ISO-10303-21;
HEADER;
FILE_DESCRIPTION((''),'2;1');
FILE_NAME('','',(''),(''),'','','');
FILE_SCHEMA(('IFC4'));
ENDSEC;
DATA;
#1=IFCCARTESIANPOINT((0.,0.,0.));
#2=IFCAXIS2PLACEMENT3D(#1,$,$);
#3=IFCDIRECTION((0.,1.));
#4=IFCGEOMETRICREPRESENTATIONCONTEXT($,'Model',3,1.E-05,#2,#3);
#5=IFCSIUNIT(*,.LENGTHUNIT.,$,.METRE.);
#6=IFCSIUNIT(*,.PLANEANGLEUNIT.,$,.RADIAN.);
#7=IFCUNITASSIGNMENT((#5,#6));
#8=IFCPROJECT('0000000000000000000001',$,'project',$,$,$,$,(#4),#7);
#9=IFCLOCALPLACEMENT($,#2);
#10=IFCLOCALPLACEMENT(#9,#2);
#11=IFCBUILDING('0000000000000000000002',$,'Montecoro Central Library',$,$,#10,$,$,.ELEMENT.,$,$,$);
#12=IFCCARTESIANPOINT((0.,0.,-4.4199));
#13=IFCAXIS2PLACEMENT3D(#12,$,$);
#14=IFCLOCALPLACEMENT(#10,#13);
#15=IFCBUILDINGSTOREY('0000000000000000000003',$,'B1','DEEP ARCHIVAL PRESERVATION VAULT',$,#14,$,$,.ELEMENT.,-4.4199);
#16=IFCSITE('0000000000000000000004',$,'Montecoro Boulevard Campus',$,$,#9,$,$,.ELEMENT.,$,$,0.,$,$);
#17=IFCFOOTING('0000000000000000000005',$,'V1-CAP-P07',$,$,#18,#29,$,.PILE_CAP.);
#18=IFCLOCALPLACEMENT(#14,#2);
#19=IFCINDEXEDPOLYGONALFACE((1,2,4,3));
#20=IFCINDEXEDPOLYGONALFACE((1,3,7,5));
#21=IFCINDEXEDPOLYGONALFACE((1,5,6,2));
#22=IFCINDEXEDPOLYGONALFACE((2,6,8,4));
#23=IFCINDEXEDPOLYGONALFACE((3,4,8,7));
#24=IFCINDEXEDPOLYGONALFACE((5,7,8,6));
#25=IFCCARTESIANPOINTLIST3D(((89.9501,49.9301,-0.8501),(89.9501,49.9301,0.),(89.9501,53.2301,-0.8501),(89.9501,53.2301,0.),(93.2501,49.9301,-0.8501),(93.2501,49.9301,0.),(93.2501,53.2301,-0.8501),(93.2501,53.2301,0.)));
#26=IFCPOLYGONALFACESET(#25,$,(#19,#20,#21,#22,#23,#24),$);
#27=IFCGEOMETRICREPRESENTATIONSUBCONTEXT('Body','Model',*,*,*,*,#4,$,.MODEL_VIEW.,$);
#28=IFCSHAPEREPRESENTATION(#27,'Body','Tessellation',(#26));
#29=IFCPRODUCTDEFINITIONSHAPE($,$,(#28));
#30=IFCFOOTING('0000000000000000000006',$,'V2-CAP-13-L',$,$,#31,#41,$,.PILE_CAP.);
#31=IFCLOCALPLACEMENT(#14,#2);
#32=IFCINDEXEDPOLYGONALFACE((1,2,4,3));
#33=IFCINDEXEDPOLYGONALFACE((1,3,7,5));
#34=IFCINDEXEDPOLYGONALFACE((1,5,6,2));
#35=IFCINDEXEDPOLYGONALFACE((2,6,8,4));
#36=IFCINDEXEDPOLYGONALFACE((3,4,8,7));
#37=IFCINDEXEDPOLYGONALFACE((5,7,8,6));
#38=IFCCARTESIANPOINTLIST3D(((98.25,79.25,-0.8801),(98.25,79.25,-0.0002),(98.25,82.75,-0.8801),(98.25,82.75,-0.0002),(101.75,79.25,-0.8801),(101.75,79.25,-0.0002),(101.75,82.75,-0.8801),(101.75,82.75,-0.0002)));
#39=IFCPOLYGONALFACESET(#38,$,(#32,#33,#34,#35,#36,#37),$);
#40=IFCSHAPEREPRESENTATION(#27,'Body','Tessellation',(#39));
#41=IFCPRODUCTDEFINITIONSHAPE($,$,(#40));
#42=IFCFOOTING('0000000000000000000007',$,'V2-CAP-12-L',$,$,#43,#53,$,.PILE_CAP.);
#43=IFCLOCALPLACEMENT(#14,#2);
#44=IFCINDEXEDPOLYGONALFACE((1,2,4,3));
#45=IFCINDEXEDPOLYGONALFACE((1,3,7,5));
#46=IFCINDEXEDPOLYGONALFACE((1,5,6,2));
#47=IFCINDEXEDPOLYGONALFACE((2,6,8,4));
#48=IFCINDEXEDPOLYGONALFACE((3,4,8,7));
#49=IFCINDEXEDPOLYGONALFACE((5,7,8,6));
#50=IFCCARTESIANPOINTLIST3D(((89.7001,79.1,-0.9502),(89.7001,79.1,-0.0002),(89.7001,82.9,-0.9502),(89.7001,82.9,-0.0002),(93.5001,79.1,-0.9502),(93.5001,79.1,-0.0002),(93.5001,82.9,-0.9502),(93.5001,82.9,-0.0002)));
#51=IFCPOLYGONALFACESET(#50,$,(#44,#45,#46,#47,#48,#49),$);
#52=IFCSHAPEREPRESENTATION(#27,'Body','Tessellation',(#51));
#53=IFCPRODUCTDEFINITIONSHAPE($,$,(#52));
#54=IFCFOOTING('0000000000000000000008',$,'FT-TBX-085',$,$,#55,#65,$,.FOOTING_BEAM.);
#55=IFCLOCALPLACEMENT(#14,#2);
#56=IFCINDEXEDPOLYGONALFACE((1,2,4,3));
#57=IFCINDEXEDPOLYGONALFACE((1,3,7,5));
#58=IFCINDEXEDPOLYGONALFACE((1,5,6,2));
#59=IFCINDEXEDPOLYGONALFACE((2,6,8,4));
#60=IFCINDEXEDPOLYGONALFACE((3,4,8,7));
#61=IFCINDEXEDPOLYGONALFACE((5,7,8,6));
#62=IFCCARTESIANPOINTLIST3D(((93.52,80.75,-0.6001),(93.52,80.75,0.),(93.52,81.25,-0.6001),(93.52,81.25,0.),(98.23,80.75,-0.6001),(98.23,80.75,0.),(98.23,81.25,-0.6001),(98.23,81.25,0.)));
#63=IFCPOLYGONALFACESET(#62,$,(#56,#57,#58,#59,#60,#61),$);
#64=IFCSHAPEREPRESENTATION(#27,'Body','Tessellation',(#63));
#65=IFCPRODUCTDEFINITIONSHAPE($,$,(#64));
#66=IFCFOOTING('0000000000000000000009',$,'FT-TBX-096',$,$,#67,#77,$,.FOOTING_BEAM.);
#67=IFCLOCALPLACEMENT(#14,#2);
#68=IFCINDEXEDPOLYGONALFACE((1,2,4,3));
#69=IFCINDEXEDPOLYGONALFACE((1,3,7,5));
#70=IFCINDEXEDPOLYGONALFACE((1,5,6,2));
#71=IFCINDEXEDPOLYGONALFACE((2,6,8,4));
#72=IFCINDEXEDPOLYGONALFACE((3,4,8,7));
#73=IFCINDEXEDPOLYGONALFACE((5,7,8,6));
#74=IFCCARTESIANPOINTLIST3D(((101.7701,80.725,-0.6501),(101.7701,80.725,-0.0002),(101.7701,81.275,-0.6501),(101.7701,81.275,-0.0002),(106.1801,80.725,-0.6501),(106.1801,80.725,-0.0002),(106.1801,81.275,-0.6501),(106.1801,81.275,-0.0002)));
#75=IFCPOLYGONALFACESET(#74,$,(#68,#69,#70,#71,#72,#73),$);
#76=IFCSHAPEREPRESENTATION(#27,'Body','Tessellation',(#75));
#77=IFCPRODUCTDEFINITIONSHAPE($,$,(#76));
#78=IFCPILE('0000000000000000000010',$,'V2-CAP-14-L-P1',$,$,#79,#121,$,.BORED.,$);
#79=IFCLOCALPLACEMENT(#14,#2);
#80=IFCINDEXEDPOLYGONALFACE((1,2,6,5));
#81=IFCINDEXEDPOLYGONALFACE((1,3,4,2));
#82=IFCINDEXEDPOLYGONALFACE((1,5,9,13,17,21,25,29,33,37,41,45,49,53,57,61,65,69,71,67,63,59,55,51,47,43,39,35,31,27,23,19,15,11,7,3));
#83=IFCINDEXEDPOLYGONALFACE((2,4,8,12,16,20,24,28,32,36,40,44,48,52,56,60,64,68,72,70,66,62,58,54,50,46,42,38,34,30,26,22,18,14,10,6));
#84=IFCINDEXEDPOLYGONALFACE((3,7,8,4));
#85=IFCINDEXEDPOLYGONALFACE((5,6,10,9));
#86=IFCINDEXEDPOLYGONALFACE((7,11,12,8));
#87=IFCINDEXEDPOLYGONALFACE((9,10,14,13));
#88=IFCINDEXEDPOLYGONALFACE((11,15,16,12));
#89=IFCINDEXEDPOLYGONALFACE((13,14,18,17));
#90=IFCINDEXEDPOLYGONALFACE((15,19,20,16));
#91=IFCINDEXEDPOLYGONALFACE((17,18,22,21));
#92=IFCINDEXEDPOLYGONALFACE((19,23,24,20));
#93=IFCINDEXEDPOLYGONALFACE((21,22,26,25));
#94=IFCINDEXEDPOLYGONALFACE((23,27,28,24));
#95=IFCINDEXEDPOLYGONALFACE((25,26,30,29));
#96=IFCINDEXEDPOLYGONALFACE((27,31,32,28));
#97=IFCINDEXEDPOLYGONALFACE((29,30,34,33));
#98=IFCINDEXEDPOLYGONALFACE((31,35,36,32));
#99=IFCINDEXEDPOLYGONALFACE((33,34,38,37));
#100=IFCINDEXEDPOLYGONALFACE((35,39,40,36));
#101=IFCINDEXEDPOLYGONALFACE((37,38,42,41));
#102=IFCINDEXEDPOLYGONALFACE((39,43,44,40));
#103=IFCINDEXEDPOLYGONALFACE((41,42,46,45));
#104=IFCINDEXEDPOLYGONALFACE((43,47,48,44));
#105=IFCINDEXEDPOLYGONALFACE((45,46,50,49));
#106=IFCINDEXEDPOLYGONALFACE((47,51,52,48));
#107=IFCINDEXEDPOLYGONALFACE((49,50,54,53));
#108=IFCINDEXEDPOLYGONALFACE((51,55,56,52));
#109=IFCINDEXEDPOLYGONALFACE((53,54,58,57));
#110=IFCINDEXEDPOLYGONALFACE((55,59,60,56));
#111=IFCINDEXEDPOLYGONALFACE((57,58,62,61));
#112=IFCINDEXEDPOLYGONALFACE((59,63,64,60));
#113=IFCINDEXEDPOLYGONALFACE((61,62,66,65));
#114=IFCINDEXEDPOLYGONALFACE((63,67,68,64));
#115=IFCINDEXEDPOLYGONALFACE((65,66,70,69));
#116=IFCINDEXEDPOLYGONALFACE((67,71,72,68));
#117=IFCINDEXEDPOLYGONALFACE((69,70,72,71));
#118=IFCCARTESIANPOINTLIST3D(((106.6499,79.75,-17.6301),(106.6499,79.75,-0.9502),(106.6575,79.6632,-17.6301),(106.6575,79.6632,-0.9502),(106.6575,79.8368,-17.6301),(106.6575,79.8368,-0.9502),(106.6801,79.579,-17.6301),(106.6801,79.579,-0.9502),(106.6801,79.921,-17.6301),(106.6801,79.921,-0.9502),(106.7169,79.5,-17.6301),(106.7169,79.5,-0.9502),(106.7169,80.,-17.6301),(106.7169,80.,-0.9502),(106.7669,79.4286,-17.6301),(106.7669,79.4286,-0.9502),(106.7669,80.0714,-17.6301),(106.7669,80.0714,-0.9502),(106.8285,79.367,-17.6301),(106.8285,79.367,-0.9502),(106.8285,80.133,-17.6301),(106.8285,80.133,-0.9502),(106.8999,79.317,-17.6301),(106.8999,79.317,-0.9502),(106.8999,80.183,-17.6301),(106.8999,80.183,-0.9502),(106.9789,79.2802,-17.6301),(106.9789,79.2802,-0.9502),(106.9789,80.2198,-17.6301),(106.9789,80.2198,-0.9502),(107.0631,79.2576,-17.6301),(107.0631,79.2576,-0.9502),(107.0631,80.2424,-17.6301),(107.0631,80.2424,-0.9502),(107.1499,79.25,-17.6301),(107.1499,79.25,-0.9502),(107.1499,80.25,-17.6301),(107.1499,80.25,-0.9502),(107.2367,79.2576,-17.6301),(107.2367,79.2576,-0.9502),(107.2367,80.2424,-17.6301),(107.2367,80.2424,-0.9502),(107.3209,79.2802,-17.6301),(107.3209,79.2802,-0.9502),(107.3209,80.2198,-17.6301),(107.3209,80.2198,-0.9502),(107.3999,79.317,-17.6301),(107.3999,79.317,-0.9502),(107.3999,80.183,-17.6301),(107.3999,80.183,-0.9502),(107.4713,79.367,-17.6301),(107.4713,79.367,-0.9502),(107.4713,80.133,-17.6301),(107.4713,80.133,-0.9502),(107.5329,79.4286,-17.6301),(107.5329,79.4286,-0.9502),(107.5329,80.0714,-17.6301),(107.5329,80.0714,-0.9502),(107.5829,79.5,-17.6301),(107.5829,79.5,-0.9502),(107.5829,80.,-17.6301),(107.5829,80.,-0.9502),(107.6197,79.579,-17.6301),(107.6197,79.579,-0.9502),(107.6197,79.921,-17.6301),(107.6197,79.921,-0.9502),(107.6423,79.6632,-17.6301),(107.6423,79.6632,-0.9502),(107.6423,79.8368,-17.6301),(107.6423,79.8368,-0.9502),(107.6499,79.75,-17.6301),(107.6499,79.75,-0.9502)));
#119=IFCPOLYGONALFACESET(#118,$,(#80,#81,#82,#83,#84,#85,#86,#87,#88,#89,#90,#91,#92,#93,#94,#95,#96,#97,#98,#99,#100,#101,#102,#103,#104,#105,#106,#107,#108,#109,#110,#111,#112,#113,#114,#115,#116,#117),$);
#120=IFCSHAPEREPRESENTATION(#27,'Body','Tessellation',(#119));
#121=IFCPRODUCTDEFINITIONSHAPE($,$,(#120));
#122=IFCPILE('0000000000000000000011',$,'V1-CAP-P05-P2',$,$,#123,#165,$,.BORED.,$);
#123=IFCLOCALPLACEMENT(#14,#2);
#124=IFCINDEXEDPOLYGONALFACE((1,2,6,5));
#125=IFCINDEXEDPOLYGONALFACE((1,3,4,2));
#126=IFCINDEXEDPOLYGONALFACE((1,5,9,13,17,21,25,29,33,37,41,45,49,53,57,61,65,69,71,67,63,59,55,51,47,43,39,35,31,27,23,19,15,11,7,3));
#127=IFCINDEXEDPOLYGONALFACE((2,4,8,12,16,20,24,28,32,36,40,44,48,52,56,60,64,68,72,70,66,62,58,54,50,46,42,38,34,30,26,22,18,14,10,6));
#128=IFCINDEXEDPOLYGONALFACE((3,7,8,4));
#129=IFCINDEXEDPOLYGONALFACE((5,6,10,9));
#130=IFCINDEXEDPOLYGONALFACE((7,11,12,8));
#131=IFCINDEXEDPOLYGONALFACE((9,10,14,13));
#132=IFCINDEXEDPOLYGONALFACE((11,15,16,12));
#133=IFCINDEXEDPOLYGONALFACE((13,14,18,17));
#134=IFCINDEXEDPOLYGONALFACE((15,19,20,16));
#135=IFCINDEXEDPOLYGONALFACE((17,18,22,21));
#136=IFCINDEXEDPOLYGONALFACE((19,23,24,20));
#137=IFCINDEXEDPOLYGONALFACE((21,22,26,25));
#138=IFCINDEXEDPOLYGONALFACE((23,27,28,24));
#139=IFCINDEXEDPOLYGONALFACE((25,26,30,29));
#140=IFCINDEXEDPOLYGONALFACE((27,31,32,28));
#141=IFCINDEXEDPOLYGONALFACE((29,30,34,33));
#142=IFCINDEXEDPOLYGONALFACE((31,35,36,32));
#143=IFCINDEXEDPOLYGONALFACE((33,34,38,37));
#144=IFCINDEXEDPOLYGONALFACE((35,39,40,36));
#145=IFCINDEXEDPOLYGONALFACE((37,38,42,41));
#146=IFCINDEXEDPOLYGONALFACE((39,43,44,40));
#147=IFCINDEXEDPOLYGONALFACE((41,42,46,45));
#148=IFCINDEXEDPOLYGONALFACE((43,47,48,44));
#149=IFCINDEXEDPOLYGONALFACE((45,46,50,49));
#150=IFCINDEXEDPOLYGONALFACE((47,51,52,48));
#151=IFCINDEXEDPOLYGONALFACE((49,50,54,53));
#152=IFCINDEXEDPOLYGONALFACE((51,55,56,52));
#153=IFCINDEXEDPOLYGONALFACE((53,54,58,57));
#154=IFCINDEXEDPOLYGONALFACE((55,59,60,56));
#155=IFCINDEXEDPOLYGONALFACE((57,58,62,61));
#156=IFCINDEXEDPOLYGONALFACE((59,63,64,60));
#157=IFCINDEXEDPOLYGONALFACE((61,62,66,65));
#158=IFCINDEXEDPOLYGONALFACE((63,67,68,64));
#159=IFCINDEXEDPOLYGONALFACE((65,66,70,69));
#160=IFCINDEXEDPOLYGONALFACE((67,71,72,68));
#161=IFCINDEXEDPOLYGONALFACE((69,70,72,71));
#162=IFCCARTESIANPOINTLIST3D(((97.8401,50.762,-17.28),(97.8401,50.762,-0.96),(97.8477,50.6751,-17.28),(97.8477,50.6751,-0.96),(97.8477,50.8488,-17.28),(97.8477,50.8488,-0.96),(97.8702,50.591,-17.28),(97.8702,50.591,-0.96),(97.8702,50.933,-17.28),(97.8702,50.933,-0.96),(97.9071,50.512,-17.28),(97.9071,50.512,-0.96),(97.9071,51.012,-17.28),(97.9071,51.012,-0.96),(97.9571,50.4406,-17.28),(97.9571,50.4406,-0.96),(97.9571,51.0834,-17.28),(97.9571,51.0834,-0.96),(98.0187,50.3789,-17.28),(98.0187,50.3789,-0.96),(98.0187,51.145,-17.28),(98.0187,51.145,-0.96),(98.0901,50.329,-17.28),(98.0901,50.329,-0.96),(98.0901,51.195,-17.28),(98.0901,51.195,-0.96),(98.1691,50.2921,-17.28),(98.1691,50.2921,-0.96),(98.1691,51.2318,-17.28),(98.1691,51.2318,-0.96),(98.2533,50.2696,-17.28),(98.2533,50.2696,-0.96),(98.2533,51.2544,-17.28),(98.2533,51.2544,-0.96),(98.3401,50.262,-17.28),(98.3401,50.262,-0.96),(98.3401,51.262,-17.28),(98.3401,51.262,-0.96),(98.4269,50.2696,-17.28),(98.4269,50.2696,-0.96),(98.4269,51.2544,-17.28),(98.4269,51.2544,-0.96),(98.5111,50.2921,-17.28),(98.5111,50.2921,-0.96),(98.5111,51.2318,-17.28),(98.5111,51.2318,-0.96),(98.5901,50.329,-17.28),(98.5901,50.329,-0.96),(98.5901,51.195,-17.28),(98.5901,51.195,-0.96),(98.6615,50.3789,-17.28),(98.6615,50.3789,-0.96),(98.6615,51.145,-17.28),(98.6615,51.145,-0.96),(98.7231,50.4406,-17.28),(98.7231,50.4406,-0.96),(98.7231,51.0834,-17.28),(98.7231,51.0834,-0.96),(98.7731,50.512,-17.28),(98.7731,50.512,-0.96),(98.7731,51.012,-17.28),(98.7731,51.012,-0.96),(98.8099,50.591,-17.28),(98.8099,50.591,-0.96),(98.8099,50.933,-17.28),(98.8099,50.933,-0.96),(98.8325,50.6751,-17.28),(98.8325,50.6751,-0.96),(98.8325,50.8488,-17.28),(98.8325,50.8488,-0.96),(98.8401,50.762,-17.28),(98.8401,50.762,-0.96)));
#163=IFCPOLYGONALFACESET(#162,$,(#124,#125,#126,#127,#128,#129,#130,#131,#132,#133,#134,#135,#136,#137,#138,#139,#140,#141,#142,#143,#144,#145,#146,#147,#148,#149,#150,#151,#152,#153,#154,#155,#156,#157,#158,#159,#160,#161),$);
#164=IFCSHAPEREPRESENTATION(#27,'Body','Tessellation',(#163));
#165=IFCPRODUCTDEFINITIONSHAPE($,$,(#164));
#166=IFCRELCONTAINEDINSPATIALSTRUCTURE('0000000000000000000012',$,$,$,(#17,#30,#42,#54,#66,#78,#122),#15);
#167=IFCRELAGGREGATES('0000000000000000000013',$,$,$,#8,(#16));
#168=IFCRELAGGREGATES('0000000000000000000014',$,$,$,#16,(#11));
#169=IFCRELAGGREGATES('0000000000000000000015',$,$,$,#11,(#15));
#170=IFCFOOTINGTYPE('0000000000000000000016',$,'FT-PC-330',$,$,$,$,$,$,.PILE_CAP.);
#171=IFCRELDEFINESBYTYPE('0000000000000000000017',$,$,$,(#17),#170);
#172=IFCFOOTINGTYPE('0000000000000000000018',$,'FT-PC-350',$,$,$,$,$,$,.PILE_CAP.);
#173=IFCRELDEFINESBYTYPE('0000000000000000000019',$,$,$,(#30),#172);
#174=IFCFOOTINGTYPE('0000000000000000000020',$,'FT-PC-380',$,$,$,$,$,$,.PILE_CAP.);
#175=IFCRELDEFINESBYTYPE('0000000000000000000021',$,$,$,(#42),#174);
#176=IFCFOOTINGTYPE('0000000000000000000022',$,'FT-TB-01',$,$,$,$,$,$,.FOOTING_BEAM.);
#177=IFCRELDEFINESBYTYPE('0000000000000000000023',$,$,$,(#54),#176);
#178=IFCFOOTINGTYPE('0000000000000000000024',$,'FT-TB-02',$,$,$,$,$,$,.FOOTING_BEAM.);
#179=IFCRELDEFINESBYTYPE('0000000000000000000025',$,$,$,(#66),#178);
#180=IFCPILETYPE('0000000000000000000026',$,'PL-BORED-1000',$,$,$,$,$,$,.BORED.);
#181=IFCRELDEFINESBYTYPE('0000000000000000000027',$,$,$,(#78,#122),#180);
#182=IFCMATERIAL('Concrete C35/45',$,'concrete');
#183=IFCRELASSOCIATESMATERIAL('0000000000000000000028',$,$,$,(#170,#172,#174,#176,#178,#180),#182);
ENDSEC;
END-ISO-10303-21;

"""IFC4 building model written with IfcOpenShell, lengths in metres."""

from ifc_helpers import new_model, si_unit, direction, frame, origin, origin_2d, place, context, subcontext, project, spatial, rectangle, circle, extrude, material, material_profile, profile_set, type_object, element, save


model = new_model("IFC4")

# Units and contexts
model_context = context("Model", 3, precision=1e-05, world=origin(), true_north=direction((0.0, 1.0)))
body_context = subcontext(model_context, "Body", "Model", "MODEL_VIEW")
ifc_project = project(units=[si_unit("LENGTHUNIT", "METRE"), si_unit("PLANEANGLEUNIT", "RADIAN")], contexts=[model_context])

# Site, building, storey
site_placement = place(None, origin())
site = spatial("IfcSite", under=ifc_project, at=site_placement, Name="Montecoro Boulevard Campus", CompositionType="ELEMENT", RefElevation=0.0)
building_placement = place(site_placement, origin())
building = spatial("IfcBuilding", under=site, at=building_placement, Name="Montecoro Central Library", CompositionType="ELEMENT")
storey_placement = place(building_placement, frame((0.0, 0.0, -4.4199)))
storey = spatial("IfcBuildingStorey", under=building, at=storey_placement, Name="B1", Description="DEEP ARCHIVAL PRESERVATION VAULT", CompositionType="ELEMENT", Elevation=-4.4199)

# Footings
ifc_material_1 = material(Name="Concrete C35/45", Category="concrete")
footing_type_1 = type_object("IfcFootingType", Name="FT-PC-330", PredefinedType="PILE_CAP", material=ifc_material_1)
footing_1_placement = place(storey_placement, frame((91.6001, 51.5801, -0.8501), z_axis=(0.0, 0.0, 1.0), x_axis=(1.0, 0.0, 0.0)))
element("IfcFooting", 1, at=footing_1_placement, inside=storey, type_object=footing_type_1, Name="V1-CAP-P07", PredefinedType="PILE_CAP", context=body_context, shape_type="SweptSolid", body=[
    extrude(rectangle(XDim=3.3, YDim=3.3, at=origin_2d()), origin(), (0.0, 0.0, 1.0), 0.8501),
])
footing_type_2 = type_object("IfcFootingType", Name="FT-PC-350", PredefinedType="PILE_CAP", material=ifc_material_1)
footing_2_placement = place(storey_placement, frame((100.0, 81.0, -0.8801), z_axis=(0.0, 0.0, 1.0), x_axis=(1.0, 0.0, 0.0)))
element("IfcFooting", 2, at=footing_2_placement, inside=storey, type_object=footing_type_2, Name="V2-CAP-13-L", PredefinedType="PILE_CAP", context=body_context, shape_type="SweptSolid", body=[
    extrude(rectangle(XDim=3.5, YDim=3.5, at=origin_2d()), origin(), (0.0, 0.0, 1.0), 0.8799),
])
footing_type_3 = type_object("IfcFootingType", Name="FT-PC-380", PredefinedType="PILE_CAP", material=ifc_material_1)
footing_3_placement = place(storey_placement, frame((91.6001, 81.0, -0.9502), z_axis=(0.0, 0.0, 1.0), x_axis=(1.0, 0.0, 0.0)))
element("IfcFooting", 3, at=footing_3_placement, inside=storey, type_object=footing_type_3, Name="V2-CAP-12-L", PredefinedType="PILE_CAP", context=body_context, shape_type="SweptSolid", body=[
    extrude(rectangle(XDim=3.8, YDim=3.8, at=origin_2d()), origin(), (0.0, 0.0, 1.0), 0.95),
])
footing_type_4 = type_object("IfcFootingType", Name="FT-TB-01", PredefinedType="FOOTING_BEAM", material=ifc_material_1)
footing_4_placement = place(storey_placement, frame((95.875, 81.0, -0.6001), z_axis=(0.0, 0.0, 1.0), x_axis=(1.0, 0.0, 0.0)))
element("IfcFooting", 4, at=footing_4_placement, inside=storey, type_object=footing_type_4, Name="FT-TBX-085", PredefinedType="FOOTING_BEAM", context=body_context, shape_type="SweptSolid", body=[
    extrude(rectangle(XDim=4.71, YDim=0.5, at=origin_2d()), origin(), (0.0, 0.0, 1.0), 0.6001),
])
footing_type_5 = type_object("IfcFootingType", Name="FT-TB-02", PredefinedType="FOOTING_BEAM", material=ifc_material_1)
footing_5_placement = place(storey_placement, frame((103.9751, 81.0, -0.6501), z_axis=(0.0, 0.0, 1.0), x_axis=(1.0, 0.0, 0.0)))
element("IfcFooting", 5, at=footing_5_placement, inside=storey, type_object=footing_type_5, Name="FT-TBX-096", PredefinedType="FOOTING_BEAM", context=body_context, shape_type="SweptSolid", body=[
    extrude(rectangle(XDim=4.4099, YDim=0.55, at=origin_2d()), origin(), (0.0, 0.0, 1.0), 0.6499),
])

# Piles
ifc_material_profile_1 = material_profile(ifc_material_1, circle(Radius=0.5, at=origin_2d()), Name="PILE D1000")
ifc_profile_set_1 = profile_set([ifc_material_profile_1], Name="Concrete C35/45")
pile_type_1 = type_object("IfcPileType", Name="PL-BORED-1000", PredefinedType="BORED", material=ifc_profile_set_1)
pile_1_placement = place(storey_placement, frame((107.1499, 79.75, -0.9502), z_axis=(0.0, 0.0, -1.0), x_axis=(1.0, 0.0, 0.0)))
element("IfcPile", 6, at=pile_1_placement, inside=storey, type_object=pile_type_1, Name="V2-CAP-14-L-P1", PredefinedType="BORED", context=body_context, shape_type="SweptSolid", body=[
    extrude(circle(Radius=0.5, at=origin_2d()), origin(), (0.0, 0.0, 1.0), 16.6799),
])
for number, where, z_axis, x_axis, name in (
    (7, (98.3401, 50.762, -0.96), (0.0, 0.0, -1.0), (1.0, 0.0, 0.0), "V1-CAP-P05-P2"),
):
    element("IfcPile", number, at=place(storey_placement, frame(where, z_axis=z_axis, x_axis=x_axis)), inside=storey, type_object=pile_type_1, Name=name, PredefinedType="BORED", context=body_context, shape_type="SweptSolid", body=[
        extrude(circle(Radius=0.5, at=origin_2d()), origin(), (0.0, 0.0, 1.0), 16.3201),
    ])

save(model, "model.ifc")
